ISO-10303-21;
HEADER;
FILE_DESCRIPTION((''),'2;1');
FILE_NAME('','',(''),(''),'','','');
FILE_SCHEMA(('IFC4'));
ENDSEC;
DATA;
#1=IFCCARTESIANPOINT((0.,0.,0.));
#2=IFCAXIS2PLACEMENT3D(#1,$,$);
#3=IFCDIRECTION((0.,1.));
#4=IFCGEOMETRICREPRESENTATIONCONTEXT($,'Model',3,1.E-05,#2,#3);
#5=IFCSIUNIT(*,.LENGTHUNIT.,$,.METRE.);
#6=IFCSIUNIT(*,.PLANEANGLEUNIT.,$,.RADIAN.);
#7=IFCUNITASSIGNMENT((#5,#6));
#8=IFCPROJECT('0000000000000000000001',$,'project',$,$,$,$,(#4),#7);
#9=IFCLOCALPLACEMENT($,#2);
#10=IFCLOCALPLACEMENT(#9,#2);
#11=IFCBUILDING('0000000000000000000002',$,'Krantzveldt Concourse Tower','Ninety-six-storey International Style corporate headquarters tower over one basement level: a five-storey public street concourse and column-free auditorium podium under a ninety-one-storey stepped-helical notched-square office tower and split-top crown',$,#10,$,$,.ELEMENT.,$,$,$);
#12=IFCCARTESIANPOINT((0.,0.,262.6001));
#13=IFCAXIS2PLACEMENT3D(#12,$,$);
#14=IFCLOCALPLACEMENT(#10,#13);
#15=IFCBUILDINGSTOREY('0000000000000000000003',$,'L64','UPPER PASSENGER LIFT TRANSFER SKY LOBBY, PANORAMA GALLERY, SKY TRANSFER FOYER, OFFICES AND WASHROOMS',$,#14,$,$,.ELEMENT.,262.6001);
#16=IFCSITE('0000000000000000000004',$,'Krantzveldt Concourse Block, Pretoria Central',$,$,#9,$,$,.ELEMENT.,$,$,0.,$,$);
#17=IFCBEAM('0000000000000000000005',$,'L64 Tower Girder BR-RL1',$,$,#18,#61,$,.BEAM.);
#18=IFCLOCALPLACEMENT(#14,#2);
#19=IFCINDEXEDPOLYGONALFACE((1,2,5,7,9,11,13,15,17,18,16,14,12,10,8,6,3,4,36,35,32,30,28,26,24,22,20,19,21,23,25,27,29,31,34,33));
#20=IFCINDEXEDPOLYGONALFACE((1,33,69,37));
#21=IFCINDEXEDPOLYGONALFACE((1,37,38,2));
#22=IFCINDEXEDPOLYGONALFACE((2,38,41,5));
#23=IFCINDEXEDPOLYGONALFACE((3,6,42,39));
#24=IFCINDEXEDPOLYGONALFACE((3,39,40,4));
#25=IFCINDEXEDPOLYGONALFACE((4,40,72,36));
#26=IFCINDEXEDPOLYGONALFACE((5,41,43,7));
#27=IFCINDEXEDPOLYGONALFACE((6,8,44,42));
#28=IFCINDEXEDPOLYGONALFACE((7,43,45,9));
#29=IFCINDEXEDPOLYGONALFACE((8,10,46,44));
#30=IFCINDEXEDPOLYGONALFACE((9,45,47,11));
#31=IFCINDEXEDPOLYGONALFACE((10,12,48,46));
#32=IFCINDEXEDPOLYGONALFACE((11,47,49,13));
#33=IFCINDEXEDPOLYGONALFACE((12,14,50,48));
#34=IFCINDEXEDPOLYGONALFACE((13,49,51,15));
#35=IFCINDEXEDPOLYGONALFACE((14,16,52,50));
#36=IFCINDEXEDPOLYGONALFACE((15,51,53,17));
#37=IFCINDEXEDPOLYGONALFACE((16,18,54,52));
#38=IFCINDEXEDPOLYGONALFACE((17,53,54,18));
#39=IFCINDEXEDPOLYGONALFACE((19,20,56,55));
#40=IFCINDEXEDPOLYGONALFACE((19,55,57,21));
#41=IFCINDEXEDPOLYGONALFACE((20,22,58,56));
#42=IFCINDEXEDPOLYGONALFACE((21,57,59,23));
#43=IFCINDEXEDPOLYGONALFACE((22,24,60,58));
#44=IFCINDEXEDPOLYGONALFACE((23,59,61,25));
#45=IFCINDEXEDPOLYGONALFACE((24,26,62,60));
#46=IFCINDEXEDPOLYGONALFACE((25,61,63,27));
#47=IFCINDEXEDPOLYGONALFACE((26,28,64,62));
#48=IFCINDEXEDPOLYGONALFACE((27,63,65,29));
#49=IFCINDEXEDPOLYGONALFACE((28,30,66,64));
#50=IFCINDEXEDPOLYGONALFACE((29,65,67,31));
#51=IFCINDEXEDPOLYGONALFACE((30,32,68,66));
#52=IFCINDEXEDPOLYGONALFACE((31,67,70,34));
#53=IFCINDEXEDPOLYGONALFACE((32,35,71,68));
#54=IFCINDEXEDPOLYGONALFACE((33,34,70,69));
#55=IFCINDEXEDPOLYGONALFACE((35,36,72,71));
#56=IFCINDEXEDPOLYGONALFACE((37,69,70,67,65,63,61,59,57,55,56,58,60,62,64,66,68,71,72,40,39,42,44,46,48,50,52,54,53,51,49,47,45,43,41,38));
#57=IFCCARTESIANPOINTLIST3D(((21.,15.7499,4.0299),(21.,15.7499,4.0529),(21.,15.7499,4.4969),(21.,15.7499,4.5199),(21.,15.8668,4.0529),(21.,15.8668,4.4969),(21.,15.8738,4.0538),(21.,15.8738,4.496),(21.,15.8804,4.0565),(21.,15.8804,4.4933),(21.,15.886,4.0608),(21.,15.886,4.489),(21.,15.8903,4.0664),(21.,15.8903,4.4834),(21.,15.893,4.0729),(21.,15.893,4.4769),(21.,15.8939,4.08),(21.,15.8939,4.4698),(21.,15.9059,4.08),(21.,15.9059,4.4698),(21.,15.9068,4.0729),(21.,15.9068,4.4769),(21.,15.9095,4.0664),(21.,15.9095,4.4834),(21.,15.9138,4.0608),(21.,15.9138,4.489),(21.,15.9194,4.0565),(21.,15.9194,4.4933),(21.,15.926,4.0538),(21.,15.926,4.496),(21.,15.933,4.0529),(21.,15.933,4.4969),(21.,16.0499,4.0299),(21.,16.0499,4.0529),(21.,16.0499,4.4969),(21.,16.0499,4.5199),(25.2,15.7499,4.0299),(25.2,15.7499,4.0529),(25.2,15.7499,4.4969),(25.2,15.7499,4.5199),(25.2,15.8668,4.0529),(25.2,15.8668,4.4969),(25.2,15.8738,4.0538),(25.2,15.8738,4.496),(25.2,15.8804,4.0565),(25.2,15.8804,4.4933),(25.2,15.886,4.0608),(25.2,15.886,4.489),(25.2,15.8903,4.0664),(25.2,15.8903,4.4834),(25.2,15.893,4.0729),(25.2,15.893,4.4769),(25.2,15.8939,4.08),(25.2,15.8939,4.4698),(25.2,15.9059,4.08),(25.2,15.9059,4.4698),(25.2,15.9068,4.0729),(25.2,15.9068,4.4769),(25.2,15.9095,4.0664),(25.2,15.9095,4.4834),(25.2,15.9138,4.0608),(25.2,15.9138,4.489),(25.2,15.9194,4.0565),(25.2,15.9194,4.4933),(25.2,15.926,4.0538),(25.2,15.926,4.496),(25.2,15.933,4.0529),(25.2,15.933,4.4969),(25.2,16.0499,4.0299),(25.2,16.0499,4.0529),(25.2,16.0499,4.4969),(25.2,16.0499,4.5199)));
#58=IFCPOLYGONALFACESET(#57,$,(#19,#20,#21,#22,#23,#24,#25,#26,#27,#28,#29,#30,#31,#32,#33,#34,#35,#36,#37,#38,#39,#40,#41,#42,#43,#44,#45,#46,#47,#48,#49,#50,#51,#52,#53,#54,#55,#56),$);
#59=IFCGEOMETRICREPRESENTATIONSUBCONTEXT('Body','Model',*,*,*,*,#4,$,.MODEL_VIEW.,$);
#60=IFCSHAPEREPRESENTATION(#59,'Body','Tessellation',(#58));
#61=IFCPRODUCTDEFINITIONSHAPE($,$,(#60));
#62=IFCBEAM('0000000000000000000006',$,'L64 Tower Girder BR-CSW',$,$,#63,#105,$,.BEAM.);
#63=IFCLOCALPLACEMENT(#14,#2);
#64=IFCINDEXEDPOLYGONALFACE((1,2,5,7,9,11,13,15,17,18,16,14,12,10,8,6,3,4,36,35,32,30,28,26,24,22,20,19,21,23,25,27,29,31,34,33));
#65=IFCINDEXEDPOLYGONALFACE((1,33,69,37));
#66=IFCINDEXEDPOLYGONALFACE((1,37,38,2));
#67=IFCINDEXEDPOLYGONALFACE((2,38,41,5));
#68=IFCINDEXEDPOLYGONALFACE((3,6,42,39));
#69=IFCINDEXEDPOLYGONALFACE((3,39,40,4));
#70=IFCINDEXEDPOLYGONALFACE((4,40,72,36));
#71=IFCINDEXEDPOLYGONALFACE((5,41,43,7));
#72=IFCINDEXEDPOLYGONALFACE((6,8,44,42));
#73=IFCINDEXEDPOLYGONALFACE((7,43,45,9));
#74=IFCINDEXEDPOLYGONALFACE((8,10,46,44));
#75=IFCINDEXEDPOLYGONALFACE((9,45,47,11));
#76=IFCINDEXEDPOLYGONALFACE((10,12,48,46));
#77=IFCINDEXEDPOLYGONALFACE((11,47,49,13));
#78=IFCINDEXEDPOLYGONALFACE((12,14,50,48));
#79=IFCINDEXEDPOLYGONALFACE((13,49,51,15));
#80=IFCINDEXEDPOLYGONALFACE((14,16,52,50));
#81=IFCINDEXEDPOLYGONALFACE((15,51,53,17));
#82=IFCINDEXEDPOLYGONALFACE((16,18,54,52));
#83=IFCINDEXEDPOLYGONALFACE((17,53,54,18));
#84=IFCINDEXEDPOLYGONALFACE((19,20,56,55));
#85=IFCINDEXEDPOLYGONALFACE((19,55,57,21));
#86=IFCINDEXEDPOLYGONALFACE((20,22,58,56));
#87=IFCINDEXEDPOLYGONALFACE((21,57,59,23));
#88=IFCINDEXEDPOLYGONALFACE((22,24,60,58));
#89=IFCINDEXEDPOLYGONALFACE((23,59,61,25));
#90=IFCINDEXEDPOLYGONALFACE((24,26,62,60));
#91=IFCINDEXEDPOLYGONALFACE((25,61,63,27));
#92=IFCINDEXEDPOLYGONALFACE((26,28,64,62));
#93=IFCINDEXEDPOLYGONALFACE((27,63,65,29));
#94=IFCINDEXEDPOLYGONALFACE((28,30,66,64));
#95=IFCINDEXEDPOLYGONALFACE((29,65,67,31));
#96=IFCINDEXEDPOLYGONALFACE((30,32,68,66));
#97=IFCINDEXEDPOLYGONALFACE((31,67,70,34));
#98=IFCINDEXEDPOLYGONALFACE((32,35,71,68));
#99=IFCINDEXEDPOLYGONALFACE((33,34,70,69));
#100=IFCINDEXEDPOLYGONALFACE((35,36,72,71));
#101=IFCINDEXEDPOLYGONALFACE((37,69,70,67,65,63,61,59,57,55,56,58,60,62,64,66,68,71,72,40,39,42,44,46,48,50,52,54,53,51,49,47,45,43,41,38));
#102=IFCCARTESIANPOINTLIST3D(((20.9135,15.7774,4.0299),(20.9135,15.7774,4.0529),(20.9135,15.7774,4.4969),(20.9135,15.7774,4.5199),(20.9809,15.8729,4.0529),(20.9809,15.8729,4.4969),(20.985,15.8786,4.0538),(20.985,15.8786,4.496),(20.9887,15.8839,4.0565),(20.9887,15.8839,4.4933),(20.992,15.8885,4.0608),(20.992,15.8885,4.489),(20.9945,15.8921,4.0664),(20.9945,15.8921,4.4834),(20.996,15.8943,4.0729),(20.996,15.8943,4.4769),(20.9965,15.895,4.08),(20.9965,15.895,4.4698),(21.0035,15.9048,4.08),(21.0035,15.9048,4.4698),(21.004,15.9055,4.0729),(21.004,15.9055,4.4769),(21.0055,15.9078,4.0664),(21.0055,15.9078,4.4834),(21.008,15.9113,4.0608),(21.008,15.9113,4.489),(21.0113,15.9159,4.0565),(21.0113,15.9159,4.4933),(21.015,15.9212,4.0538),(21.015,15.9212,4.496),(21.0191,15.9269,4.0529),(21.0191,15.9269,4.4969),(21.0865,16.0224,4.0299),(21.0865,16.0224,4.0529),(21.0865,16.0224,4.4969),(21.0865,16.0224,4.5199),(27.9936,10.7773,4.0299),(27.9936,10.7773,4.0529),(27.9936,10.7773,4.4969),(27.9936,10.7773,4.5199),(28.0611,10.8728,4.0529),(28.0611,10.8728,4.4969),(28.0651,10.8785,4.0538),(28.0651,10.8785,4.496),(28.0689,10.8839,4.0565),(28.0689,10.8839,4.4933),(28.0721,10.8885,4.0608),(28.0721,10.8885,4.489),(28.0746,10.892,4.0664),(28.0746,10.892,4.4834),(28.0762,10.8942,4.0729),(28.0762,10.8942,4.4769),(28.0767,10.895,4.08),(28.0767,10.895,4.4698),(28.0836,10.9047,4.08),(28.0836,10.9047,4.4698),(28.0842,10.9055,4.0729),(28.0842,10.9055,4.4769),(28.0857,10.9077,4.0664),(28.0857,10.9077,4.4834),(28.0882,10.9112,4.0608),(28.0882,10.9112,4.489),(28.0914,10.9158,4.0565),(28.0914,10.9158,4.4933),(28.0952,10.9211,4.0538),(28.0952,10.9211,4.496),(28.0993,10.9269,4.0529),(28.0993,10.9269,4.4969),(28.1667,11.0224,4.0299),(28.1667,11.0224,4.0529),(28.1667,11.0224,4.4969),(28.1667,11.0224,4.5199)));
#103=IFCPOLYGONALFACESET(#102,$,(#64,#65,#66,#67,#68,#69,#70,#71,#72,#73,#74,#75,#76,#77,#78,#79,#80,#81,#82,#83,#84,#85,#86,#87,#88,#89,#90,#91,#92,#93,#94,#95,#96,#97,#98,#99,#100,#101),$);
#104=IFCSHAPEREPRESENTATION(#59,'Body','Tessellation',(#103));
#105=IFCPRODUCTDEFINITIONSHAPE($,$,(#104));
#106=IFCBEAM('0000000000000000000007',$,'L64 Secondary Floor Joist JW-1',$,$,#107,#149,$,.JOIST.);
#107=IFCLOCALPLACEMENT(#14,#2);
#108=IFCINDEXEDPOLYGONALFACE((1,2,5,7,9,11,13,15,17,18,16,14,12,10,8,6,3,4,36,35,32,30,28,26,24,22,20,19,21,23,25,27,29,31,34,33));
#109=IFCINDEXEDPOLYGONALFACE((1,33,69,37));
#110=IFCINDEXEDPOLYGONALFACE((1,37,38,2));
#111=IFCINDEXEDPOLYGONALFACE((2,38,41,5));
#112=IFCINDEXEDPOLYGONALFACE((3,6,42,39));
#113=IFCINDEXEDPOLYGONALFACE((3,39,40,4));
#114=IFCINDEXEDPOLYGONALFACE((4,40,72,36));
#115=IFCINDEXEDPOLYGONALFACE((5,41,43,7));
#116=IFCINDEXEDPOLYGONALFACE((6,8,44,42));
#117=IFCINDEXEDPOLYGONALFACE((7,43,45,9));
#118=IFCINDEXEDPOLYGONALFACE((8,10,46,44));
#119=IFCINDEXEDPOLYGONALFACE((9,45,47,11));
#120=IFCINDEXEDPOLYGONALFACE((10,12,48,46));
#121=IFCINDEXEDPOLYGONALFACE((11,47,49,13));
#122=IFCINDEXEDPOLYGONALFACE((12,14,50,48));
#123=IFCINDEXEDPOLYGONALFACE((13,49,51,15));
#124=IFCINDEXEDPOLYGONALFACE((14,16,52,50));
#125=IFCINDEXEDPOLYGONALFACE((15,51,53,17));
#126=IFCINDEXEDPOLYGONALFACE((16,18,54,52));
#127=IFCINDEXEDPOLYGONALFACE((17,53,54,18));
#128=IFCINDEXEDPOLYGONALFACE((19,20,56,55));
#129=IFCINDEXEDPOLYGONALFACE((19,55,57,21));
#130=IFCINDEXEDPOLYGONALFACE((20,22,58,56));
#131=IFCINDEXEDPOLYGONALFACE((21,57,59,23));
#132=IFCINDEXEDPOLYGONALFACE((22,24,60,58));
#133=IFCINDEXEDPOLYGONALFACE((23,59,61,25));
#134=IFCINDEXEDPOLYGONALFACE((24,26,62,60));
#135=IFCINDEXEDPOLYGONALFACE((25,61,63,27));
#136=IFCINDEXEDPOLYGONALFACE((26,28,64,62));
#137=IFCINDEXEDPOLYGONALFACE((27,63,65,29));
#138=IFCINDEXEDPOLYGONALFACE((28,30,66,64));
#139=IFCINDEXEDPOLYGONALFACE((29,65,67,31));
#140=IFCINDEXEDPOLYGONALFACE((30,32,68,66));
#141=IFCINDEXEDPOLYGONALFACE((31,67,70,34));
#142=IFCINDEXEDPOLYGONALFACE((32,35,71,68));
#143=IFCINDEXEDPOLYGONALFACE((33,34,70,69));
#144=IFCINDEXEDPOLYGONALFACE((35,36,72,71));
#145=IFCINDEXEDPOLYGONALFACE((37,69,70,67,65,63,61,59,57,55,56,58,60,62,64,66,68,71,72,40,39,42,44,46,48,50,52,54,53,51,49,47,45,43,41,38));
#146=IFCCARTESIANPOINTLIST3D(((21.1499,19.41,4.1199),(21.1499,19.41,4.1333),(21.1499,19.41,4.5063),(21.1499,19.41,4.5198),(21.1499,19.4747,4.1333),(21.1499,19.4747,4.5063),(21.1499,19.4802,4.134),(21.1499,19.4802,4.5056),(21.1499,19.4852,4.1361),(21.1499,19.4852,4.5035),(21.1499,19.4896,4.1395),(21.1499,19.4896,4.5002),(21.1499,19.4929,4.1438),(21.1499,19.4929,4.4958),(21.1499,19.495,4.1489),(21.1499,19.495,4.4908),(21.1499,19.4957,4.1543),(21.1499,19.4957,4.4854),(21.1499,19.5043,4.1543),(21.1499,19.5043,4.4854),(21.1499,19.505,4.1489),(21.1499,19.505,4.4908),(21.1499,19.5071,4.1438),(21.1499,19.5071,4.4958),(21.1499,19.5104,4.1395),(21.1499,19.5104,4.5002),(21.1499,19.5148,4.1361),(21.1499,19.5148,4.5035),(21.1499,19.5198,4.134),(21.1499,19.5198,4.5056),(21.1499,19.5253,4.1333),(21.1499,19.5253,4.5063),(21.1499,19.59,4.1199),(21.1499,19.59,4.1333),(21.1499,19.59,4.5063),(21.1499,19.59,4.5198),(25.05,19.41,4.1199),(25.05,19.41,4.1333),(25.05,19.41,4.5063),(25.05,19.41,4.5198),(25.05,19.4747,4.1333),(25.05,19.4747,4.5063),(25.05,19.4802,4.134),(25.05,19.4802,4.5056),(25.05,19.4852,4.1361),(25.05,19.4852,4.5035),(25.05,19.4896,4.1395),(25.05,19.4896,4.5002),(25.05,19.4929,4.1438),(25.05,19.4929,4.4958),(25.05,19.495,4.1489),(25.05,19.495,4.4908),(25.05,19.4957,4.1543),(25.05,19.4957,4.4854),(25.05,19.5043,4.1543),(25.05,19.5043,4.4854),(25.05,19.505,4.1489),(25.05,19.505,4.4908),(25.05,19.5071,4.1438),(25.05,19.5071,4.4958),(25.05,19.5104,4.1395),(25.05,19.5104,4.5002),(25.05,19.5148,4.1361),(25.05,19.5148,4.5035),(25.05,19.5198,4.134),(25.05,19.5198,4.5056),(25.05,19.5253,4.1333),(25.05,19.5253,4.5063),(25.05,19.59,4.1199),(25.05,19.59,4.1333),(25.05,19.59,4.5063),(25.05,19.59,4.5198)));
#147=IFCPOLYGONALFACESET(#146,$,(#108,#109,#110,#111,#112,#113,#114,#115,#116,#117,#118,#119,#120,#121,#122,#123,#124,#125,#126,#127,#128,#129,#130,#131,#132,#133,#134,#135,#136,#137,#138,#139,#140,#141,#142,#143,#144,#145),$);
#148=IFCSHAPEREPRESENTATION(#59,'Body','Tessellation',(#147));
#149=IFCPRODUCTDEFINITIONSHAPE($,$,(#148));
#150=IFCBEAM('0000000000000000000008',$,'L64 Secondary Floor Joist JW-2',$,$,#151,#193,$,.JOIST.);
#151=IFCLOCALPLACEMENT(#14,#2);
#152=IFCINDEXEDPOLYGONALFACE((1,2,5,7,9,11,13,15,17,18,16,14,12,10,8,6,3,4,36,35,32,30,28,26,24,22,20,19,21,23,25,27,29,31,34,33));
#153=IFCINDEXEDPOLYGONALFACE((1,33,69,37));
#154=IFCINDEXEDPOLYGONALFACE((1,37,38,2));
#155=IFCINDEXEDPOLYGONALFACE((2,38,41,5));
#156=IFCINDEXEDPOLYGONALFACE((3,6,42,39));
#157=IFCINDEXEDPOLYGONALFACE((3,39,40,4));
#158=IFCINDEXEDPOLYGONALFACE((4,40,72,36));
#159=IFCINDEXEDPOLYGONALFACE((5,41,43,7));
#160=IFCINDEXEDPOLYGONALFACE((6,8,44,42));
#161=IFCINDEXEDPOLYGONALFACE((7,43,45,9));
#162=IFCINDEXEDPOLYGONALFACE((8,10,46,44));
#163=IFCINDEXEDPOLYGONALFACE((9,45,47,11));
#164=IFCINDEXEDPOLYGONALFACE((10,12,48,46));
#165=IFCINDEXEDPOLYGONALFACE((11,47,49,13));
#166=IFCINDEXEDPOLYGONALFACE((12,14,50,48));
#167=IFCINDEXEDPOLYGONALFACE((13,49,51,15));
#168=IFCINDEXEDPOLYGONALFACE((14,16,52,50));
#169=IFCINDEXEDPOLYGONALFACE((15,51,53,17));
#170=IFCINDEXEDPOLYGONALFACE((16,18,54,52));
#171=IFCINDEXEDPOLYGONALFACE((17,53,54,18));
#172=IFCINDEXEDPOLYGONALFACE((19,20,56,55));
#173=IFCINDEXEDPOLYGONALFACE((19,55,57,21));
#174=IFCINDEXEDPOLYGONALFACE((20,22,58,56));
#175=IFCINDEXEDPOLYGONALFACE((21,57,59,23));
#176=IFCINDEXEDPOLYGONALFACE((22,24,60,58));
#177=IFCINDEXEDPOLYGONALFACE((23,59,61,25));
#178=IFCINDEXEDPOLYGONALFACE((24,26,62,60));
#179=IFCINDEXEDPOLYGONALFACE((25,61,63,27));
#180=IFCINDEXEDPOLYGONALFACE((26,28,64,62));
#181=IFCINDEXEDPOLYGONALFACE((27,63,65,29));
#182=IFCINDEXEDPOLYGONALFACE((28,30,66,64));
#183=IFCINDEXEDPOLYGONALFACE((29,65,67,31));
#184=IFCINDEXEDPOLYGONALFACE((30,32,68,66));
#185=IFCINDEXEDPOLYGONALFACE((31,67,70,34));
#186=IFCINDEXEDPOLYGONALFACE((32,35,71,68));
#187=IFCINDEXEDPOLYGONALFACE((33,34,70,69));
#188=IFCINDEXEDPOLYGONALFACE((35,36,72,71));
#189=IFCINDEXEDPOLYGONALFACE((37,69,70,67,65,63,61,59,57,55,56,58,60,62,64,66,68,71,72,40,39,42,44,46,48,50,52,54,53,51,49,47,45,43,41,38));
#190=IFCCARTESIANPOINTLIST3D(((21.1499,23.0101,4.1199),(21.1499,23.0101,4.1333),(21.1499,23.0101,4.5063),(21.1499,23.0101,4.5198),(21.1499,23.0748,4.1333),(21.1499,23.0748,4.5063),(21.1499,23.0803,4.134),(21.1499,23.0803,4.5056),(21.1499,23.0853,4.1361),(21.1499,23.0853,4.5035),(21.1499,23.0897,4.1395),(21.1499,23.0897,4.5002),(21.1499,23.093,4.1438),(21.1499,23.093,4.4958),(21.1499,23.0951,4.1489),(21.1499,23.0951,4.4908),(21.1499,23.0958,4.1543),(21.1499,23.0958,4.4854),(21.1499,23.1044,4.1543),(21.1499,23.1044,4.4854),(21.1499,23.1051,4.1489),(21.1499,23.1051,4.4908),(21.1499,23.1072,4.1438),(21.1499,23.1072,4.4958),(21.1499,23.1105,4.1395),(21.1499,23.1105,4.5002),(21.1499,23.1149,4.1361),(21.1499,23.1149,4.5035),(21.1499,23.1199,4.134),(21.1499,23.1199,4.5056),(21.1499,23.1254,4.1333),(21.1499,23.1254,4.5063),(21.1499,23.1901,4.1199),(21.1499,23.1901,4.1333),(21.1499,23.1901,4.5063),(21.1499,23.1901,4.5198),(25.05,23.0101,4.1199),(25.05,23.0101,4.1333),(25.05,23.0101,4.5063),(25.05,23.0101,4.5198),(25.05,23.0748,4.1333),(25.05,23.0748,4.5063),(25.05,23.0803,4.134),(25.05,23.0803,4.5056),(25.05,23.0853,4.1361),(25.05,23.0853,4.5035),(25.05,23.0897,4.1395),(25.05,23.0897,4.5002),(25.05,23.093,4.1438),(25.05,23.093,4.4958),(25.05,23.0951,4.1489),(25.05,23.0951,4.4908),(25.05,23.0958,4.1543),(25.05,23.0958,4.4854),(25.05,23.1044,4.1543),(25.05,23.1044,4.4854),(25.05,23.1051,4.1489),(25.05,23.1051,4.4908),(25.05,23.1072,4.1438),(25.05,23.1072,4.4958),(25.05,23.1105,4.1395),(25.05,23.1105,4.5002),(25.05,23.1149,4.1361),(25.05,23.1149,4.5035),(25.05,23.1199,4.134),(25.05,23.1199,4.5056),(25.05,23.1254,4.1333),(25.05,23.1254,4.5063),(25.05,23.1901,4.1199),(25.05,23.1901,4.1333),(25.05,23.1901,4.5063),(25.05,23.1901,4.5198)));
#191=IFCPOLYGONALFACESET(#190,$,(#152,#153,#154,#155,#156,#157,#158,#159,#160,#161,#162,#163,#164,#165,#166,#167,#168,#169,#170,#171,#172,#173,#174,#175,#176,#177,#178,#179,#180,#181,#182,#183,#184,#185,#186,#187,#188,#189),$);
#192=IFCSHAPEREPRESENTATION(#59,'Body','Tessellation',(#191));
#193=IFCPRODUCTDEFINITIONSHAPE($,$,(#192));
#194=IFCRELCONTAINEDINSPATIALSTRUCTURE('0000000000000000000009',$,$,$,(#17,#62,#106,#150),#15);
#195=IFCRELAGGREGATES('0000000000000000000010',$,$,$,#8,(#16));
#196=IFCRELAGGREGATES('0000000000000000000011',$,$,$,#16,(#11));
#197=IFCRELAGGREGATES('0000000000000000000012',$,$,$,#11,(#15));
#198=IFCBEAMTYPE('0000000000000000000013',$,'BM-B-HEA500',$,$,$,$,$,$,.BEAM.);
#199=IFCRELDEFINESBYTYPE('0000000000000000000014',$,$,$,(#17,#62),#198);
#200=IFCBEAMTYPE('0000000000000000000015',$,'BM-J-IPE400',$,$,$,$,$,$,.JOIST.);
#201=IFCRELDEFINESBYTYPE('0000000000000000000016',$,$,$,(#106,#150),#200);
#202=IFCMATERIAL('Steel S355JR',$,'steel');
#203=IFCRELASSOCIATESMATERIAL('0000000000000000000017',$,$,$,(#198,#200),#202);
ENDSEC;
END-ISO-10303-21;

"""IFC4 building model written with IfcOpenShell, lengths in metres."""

from ifc_helpers import new_model, si_unit, direction, frame, origin, origin_2d, place, context, subcontext, project, spatial, i_section, extrude, source, transform, mapped, material, material_profile, profile_set, type_object, type_shapes, element, save


model = new_model("IFC4")

# Units and contexts
model_context = context("Model", 3, precision=1e-05, world=origin(), true_north=direction((0.0, 1.0)))
body_context = subcontext(model_context, "Body", "Model", "MODEL_VIEW")
ifc_project = project(units=[si_unit("LENGTHUNIT", "METRE"), si_unit("PLANEANGLEUNIT", "RADIAN")], contexts=[model_context])

# Site, building, storey
site_placement = place(None, origin())
site = spatial("IfcSite", under=ifc_project, at=site_placement, Name="Krantzveldt Concourse Block, Pretoria Central", CompositionType="ELEMENT", RefElevation=0.0)
building_placement = place(site_placement, origin())
building = spatial("IfcBuilding", under=site, at=building_placement, Name="Krantzveldt Concourse Tower", Description="Ninety-six-storey International Style corporate headquarters tower over one basement level: a five-storey public street concourse and column-free auditorium podium under a ninety-one-storey stepped-helical notched-square office tower and split-top crown", CompositionType="ELEMENT")
storey_placement = place(building_placement, frame((0.0, 0.0, 262.6001)))
storey = spatial("IfcBuildingStorey", under=building, at=storey_placement, Name="L64", Description="UPPER PASSENGER LIFT TRANSFER SKY LOBBY, PANORAMA GALLERY, SKY TRANSFER FOYER, OFFICES AND WASHROOMS", CompositionType="ELEMENT", Elevation=262.6001)

# Beams
ifc_material_1 = material(Name="Steel S355JR", Category="steel")
ifc_material_profile_1 = material_profile(ifc_material_1, i_section(OverallWidth=0.3, OverallDepth=0.49, WebThickness=0.012, FlangeThickness=0.0229, FilletRadius=0.0271, at=origin_2d()), Name="Steel S355JR", Category="steel")
ifc_profile_set_1 = profile_set([ifc_material_profile_1], Name="Steel S355JR - HEA 500")
beam_type_1 = type_object("IfcBeamType", Name="BM-B-HEA500", PredefinedType="BEAM", material=ifc_profile_set_1)
shared_shape_1 = source(origin(), body_context, "Body", "SweptSolid", [
    extrude(i_section(OverallWidth=0.3, OverallDepth=0.49, WebThickness=0.012, FlangeThickness=0.0229, FilletRadius=0.0271, at=origin_2d()), origin(), (0.0, 0.0, 1.0), 4.2),
])
beam_1_placement = place(storey_placement, frame((21.0, 15.8999, 4.2749), z_axis=(1.0, 0.0, 0.0), x_axis=(0.0, 1.0, 0.0)))
element("IfcBeam", 1, at=beam_1_placement, inside=storey, type_object=beam_type_1, Name="L64 Tower Girder BR-RL1", PredefinedType="BEAM", context=body_context, shape_type="MappedRepresentation", body=[
    mapped(shared_shape_1, transform((0.0, 0.0, 0.0), x_axis=(1.0, 0.0, 0.0), y_axis=(0.0, 1.0, 0.0), z_axis=(0.0, 0.0, 1.0), scale=1.0)),
])
shared_shape_2 = source(origin(), body_context, "Body", "SweptSolid", [
    extrude(i_section(OverallWidth=0.3, OverallDepth=0.49, WebThickness=0.012, FlangeThickness=0.0229, FilletRadius=0.0271, at=origin_2d()), origin(), (0.0, 0.0, 1.0), 8.6677),
])
type_shapes(beam_type_1, [shared_shape_1, shared_shape_2])
beam_2_placement = place(storey_placement, frame((21.0, 15.8999, 4.2749), z_axis=(0.816843, -0.57686, 0.0), x_axis=(0.57686, 0.816843, 0.0)))
element("IfcBeam", 2, at=beam_2_placement, inside=storey, type_object=beam_type_1, Name="L64 Tower Girder BR-CSW", PredefinedType="BEAM", context=body_context, shape_type="MappedRepresentation", body=[
    mapped(shared_shape_2, transform((0.0, 0.0, 0.0), x_axis=(1.0, 0.0, 0.0), y_axis=(0.0, 1.0, 0.0), z_axis=(0.0, 0.0, 1.0), scale=1.0)),
])
ifc_material_profile_2 = material_profile(ifc_material_1, i_section(OverallWidth=0.1799, OverallDepth=0.3999, WebThickness=0.0085, FlangeThickness=0.0134, FilletRadius=0.021, at=origin_2d()), Name="Steel S355JR", Category="steel")
ifc_profile_set_2 = profile_set([ifc_material_profile_2], Name="Steel S355JR - IPE 400")
beam_type_2 = type_object("IfcBeamType", Name="BM-J-IPE400", PredefinedType="JOIST", material=ifc_profile_set_2)
shared_shape_3 = source(origin(), body_context, "Body", "SweptSolid", [
    extrude(i_section(OverallWidth=0.1799, OverallDepth=0.3999, WebThickness=0.0085, FlangeThickness=0.0134, FilletRadius=0.021, at=origin_2d()), origin(), (0.0, 0.0, 1.0), 3.9001),
])
type_shapes(beam_type_2, [shared_shape_3])
for number, where, z_axis, x_axis, name in (
    (3, (21.1499, 19.5, 4.3198), (1.0, 0.0, 0.0), (0.0, 1.0, 0.0), "L64 Secondary Floor Joist JW-1"),
    (4, (21.1499, 23.1001, 4.3198), (1.0, 0.0, 0.0), (0.0, 1.0, 0.0), "L64 Secondary Floor Joist JW-2"),
):
    element("IfcBeam", number, at=place(storey_placement, frame(where, z_axis=z_axis, x_axis=x_axis)), inside=storey, type_object=beam_type_2, Name=name, PredefinedType="JOIST", context=body_context, shape_type="MappedRepresentation", body=[
        mapped(shared_shape_3, transform((0.0, 0.0, 0.0), x_axis=(1.0, 0.0, 0.0), y_axis=(0.0, 1.0, 0.0), z_axis=(0.0, 0.0, 1.0), scale=1.0)),
    ])

save(model, "model.ifc")
